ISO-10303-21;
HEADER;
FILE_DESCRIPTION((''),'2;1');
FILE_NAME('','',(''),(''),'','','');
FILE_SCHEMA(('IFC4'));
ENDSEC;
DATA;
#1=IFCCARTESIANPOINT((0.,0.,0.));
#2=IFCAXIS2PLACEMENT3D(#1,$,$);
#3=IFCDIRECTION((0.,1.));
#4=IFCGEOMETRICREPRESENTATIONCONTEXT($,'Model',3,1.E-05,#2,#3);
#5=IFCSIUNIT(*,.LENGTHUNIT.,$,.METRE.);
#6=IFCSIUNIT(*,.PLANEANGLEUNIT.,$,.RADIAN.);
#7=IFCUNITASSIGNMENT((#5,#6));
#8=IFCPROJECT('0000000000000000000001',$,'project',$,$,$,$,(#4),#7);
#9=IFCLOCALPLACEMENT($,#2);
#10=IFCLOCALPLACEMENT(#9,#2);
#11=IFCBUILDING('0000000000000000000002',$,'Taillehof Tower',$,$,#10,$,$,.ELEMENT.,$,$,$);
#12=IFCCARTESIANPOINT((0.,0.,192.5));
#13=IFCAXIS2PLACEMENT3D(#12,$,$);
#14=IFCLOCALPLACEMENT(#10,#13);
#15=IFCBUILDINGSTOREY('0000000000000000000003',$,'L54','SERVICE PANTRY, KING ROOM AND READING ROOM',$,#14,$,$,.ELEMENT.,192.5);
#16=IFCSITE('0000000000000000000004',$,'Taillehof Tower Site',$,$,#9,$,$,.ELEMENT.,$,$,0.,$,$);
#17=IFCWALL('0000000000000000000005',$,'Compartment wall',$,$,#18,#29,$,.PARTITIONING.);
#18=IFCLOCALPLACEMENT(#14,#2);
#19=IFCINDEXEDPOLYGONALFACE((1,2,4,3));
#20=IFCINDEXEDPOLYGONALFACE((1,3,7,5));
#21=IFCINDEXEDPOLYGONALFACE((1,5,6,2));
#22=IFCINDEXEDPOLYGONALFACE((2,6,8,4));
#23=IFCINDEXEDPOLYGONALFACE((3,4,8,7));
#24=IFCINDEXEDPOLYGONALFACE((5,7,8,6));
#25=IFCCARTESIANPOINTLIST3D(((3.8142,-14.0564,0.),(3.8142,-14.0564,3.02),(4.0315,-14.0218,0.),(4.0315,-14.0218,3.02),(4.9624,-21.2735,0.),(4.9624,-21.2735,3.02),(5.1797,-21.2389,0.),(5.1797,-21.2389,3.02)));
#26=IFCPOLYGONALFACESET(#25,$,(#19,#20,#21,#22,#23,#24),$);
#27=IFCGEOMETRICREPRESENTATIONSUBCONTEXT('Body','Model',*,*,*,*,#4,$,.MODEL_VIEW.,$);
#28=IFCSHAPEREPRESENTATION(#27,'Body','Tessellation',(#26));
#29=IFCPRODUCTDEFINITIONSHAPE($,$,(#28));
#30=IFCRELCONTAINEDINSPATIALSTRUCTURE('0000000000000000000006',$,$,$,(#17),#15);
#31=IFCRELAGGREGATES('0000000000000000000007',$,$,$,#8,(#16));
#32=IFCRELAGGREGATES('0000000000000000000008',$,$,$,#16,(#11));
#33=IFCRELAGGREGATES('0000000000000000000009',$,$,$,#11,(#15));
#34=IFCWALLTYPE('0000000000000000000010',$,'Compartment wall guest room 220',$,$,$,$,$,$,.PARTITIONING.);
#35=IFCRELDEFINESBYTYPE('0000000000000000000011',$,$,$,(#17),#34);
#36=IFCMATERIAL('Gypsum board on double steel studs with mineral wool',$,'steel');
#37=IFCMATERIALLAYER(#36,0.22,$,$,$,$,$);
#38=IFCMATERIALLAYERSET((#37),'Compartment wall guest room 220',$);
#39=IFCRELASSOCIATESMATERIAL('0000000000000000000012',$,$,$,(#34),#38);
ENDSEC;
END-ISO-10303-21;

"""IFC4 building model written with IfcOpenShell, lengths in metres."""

from ifc_helpers import new_model, si_unit, direction, frame, frame_2d, origin, place, context, subcontext, project, spatial, rectangle, extrude, material, layer, layer_set, type_object, element, save


model = new_model("IFC4")

# Units and contexts
model_context = context("Model", 3, precision=1e-05, world=origin(), true_north=direction((0.0, 1.0)))
body_context = subcontext(model_context, "Body", "Model", "MODEL_VIEW")
ifc_project = project(units=[si_unit("LENGTHUNIT", "METRE"), si_unit("PLANEANGLEUNIT", "RADIAN")], contexts=[model_context])

# Site, building, storey
site_placement = place(None, origin())
site = spatial("IfcSite", under=ifc_project, at=site_placement, Name="Taillehof Tower Site", CompositionType="ELEMENT", RefElevation=0.0)
building_placement = place(site_placement, origin())
building = spatial("IfcBuilding", under=site, at=building_placement, Name="Taillehof Tower", CompositionType="ELEMENT")
storey_placement = place(building_placement, frame((0.0, 0.0, 192.5)))
storey = spatial("IfcBuildingStorey", under=building, at=storey_placement, Name="L54", Description="SERVICE PANTRY, KING ROOM AND READING ROOM", CompositionType="ELEMENT", Elevation=192.5)

# Wall
ifc_material_1 = material(Name="Gypsum board on double steel studs with mineral wool", Category="steel")
ifc_layer_1 = layer(ifc_material_1, 0.22)
ifc_layer_set_1 = layer_set([ifc_layer_1], Name="Compartment wall guest room 220")
wall_type_1 = type_object("IfcWallType", Name="Compartment wall guest room 220", PredefinedType="PARTITIONING", material=ifc_layer_set_1)
wall_1_placement = place(storey_placement, frame((5.071, -21.2561, 0.0), z_axis=(0.0, 0.0, 1.0), x_axis=(-0.157119, 0.98758, 0.0)))
element("IfcWall", 1, at=wall_1_placement, inside=storey, type_object=wall_type_1, Name="Compartment wall", PredefinedType="PARTITIONING", context=body_context, shape_type="SweptSolid", body=[
    extrude(rectangle(XDim=7.3079, YDim=0.22, at=frame_2d((3.6538, 0.0))), origin(), (0.0, 0.0, 1.0), 3.02),
])

save(model, "model.ifc")
